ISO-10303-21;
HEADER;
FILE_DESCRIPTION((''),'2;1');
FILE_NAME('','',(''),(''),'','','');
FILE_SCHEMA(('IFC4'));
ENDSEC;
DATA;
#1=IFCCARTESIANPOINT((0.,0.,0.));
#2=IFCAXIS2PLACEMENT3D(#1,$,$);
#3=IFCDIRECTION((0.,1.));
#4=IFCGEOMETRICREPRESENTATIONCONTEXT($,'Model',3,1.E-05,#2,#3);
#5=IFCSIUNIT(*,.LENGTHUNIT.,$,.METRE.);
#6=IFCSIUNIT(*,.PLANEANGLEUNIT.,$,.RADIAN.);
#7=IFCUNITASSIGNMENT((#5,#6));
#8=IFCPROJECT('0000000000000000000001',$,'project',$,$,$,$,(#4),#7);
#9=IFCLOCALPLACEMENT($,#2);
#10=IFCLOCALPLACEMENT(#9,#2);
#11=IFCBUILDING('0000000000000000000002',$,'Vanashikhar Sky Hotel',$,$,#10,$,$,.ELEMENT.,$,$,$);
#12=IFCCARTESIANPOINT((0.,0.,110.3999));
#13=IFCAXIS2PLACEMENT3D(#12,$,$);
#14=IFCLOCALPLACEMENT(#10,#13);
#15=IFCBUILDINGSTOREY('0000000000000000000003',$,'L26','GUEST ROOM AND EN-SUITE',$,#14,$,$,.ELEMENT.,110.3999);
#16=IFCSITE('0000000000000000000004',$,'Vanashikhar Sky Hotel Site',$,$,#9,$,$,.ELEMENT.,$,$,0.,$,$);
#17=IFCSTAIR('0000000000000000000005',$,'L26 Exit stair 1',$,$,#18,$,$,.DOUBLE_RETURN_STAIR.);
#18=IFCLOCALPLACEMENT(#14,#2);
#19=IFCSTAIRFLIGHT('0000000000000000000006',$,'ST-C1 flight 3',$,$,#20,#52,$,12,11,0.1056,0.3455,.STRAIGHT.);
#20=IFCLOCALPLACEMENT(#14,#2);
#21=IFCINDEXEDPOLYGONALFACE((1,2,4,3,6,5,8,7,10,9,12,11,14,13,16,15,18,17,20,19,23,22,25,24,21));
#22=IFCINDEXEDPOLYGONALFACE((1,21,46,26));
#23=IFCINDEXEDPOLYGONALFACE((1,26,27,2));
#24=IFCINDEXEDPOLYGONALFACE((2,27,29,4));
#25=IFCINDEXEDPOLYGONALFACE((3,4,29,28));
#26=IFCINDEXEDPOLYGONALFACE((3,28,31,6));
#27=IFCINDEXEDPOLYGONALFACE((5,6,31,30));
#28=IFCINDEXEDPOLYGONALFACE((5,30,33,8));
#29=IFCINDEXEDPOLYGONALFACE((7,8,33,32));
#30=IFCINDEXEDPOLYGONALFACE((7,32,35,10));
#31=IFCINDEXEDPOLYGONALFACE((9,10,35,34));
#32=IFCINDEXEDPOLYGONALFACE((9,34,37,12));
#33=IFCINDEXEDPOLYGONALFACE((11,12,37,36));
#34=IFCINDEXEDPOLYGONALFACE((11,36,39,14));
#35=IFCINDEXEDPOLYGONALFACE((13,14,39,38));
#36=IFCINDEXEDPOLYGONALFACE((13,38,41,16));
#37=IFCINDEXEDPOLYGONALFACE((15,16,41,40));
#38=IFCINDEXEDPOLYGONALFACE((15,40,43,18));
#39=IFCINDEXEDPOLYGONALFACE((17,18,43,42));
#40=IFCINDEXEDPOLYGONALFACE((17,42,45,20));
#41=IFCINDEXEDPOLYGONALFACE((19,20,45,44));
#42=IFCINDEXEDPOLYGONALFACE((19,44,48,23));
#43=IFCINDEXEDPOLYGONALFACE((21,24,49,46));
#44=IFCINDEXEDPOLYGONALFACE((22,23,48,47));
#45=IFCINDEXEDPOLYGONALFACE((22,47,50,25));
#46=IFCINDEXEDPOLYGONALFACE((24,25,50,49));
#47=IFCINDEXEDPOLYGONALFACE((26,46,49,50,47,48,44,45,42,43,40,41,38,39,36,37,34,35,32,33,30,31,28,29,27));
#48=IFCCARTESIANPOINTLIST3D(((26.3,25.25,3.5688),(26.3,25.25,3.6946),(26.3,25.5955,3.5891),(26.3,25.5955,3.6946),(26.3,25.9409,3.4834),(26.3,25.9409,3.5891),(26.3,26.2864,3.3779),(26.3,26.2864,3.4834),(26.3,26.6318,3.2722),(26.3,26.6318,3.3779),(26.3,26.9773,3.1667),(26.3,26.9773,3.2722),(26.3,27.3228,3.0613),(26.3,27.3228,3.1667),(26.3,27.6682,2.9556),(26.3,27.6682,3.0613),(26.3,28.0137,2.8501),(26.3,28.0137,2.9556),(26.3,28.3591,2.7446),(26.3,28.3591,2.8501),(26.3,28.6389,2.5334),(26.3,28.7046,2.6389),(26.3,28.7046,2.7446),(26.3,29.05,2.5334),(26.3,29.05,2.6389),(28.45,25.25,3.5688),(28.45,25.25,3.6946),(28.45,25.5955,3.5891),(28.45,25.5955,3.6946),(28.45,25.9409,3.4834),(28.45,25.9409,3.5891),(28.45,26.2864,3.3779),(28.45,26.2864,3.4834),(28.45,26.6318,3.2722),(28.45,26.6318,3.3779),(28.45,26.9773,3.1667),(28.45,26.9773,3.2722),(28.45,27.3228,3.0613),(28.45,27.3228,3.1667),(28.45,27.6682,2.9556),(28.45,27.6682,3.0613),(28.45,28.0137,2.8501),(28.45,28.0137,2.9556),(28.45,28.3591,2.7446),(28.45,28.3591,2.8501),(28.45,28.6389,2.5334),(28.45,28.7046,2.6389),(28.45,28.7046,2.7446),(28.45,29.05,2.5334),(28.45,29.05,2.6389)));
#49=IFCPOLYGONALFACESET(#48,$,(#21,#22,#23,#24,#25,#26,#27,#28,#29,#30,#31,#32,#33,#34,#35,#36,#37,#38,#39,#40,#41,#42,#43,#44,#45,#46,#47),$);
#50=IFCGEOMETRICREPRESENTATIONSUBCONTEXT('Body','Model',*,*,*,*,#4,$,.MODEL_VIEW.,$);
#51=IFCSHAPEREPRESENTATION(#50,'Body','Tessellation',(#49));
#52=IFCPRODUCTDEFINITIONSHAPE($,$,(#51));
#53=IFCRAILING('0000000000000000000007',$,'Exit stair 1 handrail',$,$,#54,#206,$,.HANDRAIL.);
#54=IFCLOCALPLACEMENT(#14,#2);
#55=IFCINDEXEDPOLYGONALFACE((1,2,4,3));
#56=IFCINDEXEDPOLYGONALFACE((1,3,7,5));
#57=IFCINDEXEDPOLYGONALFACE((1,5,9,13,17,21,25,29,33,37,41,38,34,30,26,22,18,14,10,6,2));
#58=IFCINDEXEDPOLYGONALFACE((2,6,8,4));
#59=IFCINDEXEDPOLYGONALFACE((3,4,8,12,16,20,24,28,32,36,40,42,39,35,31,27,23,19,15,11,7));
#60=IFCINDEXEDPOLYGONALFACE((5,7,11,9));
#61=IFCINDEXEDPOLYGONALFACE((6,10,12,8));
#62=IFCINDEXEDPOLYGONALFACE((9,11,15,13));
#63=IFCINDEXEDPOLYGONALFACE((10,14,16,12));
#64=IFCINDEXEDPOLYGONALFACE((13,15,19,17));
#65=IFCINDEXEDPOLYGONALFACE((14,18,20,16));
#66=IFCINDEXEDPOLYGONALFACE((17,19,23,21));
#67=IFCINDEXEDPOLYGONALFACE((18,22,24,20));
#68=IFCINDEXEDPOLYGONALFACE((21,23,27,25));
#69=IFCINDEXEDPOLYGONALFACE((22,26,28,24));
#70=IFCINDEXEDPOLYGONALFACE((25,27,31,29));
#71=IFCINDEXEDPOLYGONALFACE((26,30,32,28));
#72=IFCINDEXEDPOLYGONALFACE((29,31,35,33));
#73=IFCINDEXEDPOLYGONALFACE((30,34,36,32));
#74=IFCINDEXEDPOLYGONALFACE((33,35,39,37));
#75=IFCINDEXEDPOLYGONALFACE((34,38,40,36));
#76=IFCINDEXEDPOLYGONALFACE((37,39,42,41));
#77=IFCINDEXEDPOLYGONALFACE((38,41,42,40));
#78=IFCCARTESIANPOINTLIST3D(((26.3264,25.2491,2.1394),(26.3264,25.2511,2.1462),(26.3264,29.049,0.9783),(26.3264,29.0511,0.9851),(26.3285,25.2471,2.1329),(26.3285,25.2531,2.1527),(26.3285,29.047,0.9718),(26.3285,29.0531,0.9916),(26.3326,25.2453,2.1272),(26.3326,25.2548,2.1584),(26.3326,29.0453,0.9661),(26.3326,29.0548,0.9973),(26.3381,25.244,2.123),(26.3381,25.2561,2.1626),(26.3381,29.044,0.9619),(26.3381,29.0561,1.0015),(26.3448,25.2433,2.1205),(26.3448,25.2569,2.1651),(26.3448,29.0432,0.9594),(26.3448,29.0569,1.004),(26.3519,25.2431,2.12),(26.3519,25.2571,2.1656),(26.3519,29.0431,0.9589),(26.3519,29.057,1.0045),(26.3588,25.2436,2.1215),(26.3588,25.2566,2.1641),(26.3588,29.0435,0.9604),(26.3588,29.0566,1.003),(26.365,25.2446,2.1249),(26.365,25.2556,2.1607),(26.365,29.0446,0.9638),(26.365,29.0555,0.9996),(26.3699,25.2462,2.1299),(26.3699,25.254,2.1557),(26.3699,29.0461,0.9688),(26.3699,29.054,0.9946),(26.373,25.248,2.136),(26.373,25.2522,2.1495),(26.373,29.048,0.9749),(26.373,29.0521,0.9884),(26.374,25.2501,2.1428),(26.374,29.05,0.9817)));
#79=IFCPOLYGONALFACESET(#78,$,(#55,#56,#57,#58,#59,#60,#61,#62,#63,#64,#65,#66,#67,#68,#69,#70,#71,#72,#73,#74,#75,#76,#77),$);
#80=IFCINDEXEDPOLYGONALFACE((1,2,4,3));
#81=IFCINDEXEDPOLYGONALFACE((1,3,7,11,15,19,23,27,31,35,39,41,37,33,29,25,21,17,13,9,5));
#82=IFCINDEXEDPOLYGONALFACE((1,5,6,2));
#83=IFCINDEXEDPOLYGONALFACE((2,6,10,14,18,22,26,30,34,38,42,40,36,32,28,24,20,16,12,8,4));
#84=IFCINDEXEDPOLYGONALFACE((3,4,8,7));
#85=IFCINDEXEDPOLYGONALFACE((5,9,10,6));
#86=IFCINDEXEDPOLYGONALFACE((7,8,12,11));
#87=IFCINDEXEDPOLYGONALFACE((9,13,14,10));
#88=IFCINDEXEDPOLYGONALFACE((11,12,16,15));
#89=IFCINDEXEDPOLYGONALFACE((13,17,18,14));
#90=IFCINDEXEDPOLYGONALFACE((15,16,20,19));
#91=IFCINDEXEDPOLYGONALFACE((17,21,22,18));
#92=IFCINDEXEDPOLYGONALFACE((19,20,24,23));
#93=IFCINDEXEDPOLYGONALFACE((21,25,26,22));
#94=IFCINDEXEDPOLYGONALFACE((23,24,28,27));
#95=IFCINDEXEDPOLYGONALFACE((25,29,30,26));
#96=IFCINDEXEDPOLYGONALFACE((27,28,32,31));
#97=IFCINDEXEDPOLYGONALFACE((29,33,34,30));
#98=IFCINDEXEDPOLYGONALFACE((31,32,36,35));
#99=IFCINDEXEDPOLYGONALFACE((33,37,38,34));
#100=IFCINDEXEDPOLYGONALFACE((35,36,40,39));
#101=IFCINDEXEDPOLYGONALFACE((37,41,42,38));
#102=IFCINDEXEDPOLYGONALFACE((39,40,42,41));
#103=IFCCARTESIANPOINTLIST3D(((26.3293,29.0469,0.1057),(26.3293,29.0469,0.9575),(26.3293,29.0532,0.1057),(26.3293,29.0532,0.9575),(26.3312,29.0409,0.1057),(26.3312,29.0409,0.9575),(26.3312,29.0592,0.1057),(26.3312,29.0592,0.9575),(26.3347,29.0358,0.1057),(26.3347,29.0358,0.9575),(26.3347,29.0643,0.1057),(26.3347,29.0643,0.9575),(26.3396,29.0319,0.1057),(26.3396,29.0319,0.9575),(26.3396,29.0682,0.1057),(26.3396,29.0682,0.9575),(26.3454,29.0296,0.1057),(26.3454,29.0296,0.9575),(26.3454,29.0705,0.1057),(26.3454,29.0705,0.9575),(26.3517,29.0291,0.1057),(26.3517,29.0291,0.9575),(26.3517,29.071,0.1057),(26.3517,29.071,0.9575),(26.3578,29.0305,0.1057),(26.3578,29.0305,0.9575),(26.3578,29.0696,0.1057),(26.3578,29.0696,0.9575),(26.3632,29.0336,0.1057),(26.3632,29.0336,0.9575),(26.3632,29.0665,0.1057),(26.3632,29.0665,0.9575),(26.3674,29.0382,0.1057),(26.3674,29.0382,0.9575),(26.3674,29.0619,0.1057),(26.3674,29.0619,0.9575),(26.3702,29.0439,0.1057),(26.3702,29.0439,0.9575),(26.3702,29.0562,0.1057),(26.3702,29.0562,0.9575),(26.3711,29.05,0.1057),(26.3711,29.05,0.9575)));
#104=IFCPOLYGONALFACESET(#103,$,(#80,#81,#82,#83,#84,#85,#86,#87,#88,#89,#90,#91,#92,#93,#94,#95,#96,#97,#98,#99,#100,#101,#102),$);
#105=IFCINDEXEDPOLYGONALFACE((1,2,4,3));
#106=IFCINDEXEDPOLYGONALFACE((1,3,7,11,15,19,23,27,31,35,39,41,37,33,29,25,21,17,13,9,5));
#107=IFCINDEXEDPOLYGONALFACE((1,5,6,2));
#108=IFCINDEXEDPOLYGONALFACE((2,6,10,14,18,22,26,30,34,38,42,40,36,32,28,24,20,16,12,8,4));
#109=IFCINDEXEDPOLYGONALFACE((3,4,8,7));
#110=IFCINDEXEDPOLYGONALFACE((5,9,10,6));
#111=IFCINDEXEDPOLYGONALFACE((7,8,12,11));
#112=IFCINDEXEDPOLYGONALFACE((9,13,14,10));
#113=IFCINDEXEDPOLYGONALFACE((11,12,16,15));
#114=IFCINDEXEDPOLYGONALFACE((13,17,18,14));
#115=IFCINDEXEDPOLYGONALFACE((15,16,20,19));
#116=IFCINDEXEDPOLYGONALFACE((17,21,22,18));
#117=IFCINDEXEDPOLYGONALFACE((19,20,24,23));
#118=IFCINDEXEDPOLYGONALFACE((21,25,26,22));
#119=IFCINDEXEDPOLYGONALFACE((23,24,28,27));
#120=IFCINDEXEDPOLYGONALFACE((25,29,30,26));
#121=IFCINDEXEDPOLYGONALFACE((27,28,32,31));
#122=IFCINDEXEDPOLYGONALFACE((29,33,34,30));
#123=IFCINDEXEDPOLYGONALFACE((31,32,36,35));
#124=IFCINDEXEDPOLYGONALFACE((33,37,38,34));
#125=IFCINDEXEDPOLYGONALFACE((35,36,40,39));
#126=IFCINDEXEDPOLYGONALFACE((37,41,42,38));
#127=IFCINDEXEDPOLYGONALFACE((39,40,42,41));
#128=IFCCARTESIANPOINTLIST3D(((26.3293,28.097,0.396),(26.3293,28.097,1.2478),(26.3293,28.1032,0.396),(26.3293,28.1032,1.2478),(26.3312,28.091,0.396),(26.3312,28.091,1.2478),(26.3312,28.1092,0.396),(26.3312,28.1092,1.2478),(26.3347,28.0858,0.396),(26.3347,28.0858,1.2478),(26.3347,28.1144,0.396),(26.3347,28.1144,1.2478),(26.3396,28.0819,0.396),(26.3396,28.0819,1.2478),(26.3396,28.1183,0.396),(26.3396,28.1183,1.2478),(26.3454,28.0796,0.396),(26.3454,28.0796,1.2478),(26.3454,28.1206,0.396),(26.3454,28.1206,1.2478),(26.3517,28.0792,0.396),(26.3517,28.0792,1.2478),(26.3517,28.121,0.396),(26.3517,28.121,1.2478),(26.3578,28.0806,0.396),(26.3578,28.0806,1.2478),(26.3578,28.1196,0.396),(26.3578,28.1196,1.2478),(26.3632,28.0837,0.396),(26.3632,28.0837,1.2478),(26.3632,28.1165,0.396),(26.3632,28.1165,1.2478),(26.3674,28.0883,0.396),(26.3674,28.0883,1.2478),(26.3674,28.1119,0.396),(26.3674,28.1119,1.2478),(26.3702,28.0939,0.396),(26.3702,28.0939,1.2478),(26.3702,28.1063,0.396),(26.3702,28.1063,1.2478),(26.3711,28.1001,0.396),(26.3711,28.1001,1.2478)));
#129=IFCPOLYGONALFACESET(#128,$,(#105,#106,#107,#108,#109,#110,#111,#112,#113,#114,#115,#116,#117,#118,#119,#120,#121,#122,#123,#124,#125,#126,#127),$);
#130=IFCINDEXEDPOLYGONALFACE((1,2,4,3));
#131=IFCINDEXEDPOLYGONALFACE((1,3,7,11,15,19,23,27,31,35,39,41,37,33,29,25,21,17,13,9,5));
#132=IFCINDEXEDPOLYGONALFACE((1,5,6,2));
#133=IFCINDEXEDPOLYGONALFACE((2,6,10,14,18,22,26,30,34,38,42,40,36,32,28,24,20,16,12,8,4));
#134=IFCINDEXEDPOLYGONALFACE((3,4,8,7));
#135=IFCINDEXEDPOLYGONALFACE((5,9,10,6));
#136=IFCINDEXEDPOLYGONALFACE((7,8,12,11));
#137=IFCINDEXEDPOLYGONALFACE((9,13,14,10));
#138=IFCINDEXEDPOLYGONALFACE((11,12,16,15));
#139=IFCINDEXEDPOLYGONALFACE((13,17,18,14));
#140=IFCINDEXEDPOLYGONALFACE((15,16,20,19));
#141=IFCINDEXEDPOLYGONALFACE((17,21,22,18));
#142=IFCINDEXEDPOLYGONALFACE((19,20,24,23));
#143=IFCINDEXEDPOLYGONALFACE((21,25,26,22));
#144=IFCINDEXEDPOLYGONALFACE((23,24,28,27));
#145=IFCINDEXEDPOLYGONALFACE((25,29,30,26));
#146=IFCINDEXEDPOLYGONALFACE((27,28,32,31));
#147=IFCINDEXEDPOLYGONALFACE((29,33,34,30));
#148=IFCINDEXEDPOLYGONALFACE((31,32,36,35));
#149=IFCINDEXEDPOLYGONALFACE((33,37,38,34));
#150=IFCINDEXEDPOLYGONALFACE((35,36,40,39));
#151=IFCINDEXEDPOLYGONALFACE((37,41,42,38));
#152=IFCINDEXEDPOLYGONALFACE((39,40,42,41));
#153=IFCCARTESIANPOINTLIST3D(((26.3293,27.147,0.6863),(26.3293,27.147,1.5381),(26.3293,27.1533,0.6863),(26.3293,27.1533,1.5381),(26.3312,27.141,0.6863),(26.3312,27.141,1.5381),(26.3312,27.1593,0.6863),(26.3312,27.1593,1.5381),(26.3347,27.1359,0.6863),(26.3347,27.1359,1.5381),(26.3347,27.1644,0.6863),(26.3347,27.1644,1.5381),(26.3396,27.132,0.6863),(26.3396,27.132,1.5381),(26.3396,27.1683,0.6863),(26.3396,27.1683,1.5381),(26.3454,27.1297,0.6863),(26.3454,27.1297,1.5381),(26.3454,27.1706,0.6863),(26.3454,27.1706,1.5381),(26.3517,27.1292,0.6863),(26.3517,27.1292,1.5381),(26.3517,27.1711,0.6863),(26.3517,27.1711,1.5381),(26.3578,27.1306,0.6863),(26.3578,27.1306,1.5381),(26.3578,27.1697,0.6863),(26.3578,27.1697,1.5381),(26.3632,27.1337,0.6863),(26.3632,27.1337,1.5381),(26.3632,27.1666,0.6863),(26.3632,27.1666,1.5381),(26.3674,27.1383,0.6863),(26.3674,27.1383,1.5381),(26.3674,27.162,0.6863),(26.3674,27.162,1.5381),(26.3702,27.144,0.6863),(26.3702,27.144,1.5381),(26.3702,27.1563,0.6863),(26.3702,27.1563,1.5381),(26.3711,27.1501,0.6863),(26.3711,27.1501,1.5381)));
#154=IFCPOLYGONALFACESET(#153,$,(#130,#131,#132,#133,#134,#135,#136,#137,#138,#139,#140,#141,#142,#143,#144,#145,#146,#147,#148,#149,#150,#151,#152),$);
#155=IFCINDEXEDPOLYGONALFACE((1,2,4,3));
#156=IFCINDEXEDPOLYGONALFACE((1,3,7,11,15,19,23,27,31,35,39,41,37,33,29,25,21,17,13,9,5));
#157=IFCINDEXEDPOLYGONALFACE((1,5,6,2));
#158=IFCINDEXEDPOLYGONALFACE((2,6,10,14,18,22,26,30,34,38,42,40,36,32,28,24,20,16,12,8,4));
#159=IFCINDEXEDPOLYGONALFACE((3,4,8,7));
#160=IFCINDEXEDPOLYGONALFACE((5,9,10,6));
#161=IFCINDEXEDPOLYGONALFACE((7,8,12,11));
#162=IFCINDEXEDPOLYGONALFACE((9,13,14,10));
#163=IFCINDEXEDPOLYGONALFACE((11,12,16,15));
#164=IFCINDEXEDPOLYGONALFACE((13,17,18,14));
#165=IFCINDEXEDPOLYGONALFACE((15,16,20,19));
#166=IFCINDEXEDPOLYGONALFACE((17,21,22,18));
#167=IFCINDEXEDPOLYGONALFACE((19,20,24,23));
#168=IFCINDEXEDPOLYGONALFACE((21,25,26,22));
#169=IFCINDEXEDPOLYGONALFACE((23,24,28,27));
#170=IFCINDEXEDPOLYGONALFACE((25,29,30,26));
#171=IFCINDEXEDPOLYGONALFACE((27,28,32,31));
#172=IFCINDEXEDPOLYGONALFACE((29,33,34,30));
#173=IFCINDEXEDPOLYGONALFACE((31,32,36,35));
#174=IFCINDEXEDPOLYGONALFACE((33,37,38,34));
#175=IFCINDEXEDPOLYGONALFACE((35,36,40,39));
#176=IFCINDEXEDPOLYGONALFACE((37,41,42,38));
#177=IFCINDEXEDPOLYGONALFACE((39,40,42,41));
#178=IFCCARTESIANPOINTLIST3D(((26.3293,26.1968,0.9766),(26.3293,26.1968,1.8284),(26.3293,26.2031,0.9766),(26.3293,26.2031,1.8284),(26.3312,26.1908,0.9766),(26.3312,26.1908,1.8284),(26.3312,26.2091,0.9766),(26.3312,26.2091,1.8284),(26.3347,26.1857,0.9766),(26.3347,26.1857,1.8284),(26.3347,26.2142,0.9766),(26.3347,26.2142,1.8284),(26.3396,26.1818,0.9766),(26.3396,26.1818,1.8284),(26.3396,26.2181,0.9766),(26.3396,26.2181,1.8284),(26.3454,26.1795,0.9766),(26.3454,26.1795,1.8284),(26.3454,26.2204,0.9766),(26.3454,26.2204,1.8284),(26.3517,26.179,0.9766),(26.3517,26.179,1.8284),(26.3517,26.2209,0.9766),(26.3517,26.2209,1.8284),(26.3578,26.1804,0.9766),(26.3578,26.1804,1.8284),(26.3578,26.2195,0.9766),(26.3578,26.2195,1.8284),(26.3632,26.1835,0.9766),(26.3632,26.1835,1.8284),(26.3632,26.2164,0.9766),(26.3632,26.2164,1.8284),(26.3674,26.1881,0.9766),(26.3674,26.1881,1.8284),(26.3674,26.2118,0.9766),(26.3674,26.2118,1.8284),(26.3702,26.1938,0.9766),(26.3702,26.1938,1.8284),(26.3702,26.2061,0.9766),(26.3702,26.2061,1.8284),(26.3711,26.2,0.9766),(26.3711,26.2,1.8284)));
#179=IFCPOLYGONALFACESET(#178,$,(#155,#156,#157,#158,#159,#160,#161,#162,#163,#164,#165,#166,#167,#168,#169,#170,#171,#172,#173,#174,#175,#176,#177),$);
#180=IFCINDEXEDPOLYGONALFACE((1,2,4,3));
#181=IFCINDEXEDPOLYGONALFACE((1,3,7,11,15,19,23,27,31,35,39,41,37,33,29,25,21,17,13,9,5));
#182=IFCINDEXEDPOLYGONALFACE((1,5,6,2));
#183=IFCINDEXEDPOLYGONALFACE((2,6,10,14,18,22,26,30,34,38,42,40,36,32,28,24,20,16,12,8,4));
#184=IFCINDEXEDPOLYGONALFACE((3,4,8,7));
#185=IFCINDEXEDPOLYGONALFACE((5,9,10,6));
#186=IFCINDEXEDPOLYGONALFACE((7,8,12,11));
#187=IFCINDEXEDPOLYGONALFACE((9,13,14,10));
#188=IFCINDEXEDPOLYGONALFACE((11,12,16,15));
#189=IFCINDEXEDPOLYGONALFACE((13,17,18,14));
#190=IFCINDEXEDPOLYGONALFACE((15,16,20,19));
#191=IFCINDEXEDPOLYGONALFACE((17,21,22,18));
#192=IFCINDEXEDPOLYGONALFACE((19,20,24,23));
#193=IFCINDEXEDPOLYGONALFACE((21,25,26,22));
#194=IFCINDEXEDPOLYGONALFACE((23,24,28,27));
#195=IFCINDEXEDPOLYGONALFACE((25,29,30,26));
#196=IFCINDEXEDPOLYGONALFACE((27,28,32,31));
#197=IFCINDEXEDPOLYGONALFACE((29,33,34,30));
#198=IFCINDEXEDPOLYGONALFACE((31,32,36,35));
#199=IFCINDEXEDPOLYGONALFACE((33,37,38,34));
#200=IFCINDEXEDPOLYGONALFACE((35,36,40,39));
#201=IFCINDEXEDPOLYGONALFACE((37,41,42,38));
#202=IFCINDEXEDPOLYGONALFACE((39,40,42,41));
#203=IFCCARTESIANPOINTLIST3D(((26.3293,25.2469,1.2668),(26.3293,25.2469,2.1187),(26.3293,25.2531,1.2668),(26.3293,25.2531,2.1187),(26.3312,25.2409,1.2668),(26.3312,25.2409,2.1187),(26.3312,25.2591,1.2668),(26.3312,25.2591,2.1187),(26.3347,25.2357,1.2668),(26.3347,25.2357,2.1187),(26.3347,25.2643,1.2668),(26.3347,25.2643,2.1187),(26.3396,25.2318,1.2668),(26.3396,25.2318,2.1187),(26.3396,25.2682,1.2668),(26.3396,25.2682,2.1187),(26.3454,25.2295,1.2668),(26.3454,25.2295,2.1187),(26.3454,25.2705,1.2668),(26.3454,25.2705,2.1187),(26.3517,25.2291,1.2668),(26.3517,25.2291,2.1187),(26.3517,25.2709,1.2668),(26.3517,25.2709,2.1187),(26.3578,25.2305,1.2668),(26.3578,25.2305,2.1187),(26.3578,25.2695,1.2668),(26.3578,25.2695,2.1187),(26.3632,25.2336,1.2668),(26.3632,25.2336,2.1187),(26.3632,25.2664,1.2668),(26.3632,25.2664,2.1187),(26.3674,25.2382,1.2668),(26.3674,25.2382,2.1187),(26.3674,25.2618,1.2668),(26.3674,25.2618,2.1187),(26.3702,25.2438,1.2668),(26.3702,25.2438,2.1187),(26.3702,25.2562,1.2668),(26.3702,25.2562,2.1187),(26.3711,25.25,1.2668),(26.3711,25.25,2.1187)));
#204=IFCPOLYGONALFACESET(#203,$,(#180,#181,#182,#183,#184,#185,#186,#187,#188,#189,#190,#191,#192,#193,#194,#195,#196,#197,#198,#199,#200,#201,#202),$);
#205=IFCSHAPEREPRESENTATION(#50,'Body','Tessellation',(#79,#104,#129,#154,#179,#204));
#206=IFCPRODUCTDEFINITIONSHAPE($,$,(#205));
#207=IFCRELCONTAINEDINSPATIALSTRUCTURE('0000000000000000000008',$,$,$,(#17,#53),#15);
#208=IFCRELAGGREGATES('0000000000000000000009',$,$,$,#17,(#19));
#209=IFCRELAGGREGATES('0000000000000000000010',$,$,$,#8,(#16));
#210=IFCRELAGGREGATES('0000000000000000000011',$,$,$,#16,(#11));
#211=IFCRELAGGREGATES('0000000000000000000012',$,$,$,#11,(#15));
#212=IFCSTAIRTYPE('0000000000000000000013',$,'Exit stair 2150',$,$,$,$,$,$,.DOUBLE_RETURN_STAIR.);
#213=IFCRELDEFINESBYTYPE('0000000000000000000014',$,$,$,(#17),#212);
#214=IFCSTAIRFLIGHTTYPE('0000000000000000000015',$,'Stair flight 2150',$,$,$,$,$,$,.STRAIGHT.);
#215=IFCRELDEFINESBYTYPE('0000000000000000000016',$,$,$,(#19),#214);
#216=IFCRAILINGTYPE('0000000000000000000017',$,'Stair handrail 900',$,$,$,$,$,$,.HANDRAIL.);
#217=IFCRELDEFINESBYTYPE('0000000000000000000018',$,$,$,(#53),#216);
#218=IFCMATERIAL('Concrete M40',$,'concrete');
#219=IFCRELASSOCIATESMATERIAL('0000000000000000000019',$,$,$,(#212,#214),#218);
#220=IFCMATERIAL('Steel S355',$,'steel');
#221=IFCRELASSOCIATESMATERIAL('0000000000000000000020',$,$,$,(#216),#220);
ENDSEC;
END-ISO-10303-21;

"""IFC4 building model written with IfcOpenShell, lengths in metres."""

from ifc_helpers import new_model, si_unit, direction, frame, origin, origin_2d, place, context, subcontext, project, spatial, polyline, circle, outline, extrude, source, transform, mapped, material, type_object, element, aggregate, save


model = new_model("IFC4")

# Units and contexts
model_context = context("Model", 3, precision=1e-05, world=origin(), true_north=direction((0.0, 1.0)))
body_context = subcontext(model_context, "Body", "Model", "MODEL_VIEW")
ifc_project = project(units=[si_unit("LENGTHUNIT", "METRE"), si_unit("PLANEANGLEUNIT", "RADIAN")], contexts=[model_context])

# Site, building, storey
site_placement = place(None, origin())
site = spatial("IfcSite", under=ifc_project, at=site_placement, Name="Vanashikhar Sky Hotel Site", CompositionType="ELEMENT", RefElevation=0.0)
building_placement = place(site_placement, origin())
building = spatial("IfcBuilding", under=site, at=building_placement, Name="Vanashikhar Sky Hotel", CompositionType="ELEMENT")
storey_placement = place(building_placement, frame((0.0, 0.0, 110.3999)))
storey = spatial("IfcBuildingStorey", under=building, at=storey_placement, Name="L26", Description="GUEST ROOM AND EN-SUITE", CompositionType="ELEMENT", Elevation=110.3999)

# Stair, stair flight
ifc_material_1 = material(Name="Concrete M40", Category="concrete")
stair_type = type_object("IfcStairType", Name="Exit stair 2150", PredefinedType="DOUBLE_RETURN_STAIR", material=ifc_material_1)
stair_placement = place(storey_placement, origin())
stair = element("IfcStair", 1, at=stair_placement, inside=storey, type_object=stair_type, Name="L26 Exit stair 1", PredefinedType="DOUBLE_RETURN_STAIR")
stair_flight_type = type_object("IfcStairFlightType", Name="Stair flight 2150", PredefinedType="STRAIGHT", material=ifc_material_1)
shared_shape_1 = source(origin(), body_context, "Body", "SweptSolid", [
    extrude(outline(polyline([(0.0, 0.0), (0.0, 0.1055), (0.3455, 0.1055), (0.3455, 0.2112), (0.6909, 0.2112), (0.6909, 0.3167), (1.0364, 0.3167), (1.0364, 0.4221), (1.3818, 0.4221), (1.3818, 0.5278), (1.7273, 0.5278), (1.7273, 0.6333), (2.0728, 0.6333), (2.0728, 0.7388), (2.4182, 0.7388), (2.4182, 0.8445), (2.7637, 0.8445), (2.7637, 0.95), (3.1091, 0.95), (3.1091, 1.0557), (3.4546, 1.0557), (3.4546, 1.1611), (3.8, 1.1611), (3.8, 1.2666), (3.8, 1.0354), (0.4111, 0.0), (0.0, 0.0)])), frame((0.0, 1.075, 0.0), z_axis=(0.0, -1.0, 0.0), x_axis=(1.0, 0.0, 0.0)), (0.0, 0.0, 1.0), 2.1499),
])
stair_flight_1_placement = place(storey_placement, frame((27.375, 29.05, 2.5334), z_axis=(0.0, 0.0, 1.0), x_axis=(0.0, -1.0, 0.0)))
stair_flight_1 = element("IfcStairFlight", 2, at=stair_flight_1_placement, type_object=stair_flight_type, Name="ST-C1 flight 3", NumberOfRisers=12, NumberOfTreads=11, PredefinedType="STRAIGHT", RiserHeight=0.1056, TreadLength=0.3455, context=body_context, shape_type="MappedRepresentation", body=[
    mapped(shared_shape_1, transform((0.0, 0.0, 0.0), scale=1.0)),
])
aggregate(stair, [stair_flight_1])

# Railing
ifc_material_2 = material(Name="Steel S355", Category="steel")
railing_type_1 = type_object("IfcRailingType", Name="Stair handrail 900", PredefinedType="HANDRAIL", material=ifc_material_2)
shared_shape_2 = source(origin(), body_context, "Body", "SweptSolid", [
    extrude(circle(Radius=0.0239, at=origin_2d()), frame((0.0, 0.0, 0.876), z_axis=(0.0, -0.956351, 0.29222), x_axis=(1.0, 0.0, 0.0)), (0.0, 0.0, 1.0), 3.9734),
    extrude(circle(Radius=0.021, at=origin_2d()), origin(), (0.0, 0.0, 1.0), 0.8518),
    extrude(circle(Radius=0.021, at=origin_2d()), frame((0.0, -0.95, 0.2903)), (0.0, 0.0, 1.0), 0.8518),
    extrude(circle(Radius=0.021, at=origin_2d()), frame((0.0, -1.8999, 0.5806)), (0.0, 0.0, 1.0), 0.8518),
    extrude(circle(Radius=0.021, at=origin_2d()), frame((0.0, -2.8501, 0.8708)), (0.0, 0.0, 1.0), 0.8518),
    extrude(circle(Radius=0.021, at=origin_2d()), frame((0.0, -3.8, 1.1611)), (0.0, 0.0, 1.0), 0.8518),
])
for number, where, name in (
    (3, (26.3501, 29.05, 0.1057), "Exit stair 1 handrail"),
):
    element("IfcRailing", number, at=place(storey_placement, frame(where)), inside=storey, type_object=railing_type_1, Name=name, PredefinedType="HANDRAIL", context=body_context, shape_type="MappedRepresentation", body=[
        mapped(shared_shape_2, transform((0.0, 0.0, 0.0), scale=1.0)),
    ])

save(model, "model.ifc")
